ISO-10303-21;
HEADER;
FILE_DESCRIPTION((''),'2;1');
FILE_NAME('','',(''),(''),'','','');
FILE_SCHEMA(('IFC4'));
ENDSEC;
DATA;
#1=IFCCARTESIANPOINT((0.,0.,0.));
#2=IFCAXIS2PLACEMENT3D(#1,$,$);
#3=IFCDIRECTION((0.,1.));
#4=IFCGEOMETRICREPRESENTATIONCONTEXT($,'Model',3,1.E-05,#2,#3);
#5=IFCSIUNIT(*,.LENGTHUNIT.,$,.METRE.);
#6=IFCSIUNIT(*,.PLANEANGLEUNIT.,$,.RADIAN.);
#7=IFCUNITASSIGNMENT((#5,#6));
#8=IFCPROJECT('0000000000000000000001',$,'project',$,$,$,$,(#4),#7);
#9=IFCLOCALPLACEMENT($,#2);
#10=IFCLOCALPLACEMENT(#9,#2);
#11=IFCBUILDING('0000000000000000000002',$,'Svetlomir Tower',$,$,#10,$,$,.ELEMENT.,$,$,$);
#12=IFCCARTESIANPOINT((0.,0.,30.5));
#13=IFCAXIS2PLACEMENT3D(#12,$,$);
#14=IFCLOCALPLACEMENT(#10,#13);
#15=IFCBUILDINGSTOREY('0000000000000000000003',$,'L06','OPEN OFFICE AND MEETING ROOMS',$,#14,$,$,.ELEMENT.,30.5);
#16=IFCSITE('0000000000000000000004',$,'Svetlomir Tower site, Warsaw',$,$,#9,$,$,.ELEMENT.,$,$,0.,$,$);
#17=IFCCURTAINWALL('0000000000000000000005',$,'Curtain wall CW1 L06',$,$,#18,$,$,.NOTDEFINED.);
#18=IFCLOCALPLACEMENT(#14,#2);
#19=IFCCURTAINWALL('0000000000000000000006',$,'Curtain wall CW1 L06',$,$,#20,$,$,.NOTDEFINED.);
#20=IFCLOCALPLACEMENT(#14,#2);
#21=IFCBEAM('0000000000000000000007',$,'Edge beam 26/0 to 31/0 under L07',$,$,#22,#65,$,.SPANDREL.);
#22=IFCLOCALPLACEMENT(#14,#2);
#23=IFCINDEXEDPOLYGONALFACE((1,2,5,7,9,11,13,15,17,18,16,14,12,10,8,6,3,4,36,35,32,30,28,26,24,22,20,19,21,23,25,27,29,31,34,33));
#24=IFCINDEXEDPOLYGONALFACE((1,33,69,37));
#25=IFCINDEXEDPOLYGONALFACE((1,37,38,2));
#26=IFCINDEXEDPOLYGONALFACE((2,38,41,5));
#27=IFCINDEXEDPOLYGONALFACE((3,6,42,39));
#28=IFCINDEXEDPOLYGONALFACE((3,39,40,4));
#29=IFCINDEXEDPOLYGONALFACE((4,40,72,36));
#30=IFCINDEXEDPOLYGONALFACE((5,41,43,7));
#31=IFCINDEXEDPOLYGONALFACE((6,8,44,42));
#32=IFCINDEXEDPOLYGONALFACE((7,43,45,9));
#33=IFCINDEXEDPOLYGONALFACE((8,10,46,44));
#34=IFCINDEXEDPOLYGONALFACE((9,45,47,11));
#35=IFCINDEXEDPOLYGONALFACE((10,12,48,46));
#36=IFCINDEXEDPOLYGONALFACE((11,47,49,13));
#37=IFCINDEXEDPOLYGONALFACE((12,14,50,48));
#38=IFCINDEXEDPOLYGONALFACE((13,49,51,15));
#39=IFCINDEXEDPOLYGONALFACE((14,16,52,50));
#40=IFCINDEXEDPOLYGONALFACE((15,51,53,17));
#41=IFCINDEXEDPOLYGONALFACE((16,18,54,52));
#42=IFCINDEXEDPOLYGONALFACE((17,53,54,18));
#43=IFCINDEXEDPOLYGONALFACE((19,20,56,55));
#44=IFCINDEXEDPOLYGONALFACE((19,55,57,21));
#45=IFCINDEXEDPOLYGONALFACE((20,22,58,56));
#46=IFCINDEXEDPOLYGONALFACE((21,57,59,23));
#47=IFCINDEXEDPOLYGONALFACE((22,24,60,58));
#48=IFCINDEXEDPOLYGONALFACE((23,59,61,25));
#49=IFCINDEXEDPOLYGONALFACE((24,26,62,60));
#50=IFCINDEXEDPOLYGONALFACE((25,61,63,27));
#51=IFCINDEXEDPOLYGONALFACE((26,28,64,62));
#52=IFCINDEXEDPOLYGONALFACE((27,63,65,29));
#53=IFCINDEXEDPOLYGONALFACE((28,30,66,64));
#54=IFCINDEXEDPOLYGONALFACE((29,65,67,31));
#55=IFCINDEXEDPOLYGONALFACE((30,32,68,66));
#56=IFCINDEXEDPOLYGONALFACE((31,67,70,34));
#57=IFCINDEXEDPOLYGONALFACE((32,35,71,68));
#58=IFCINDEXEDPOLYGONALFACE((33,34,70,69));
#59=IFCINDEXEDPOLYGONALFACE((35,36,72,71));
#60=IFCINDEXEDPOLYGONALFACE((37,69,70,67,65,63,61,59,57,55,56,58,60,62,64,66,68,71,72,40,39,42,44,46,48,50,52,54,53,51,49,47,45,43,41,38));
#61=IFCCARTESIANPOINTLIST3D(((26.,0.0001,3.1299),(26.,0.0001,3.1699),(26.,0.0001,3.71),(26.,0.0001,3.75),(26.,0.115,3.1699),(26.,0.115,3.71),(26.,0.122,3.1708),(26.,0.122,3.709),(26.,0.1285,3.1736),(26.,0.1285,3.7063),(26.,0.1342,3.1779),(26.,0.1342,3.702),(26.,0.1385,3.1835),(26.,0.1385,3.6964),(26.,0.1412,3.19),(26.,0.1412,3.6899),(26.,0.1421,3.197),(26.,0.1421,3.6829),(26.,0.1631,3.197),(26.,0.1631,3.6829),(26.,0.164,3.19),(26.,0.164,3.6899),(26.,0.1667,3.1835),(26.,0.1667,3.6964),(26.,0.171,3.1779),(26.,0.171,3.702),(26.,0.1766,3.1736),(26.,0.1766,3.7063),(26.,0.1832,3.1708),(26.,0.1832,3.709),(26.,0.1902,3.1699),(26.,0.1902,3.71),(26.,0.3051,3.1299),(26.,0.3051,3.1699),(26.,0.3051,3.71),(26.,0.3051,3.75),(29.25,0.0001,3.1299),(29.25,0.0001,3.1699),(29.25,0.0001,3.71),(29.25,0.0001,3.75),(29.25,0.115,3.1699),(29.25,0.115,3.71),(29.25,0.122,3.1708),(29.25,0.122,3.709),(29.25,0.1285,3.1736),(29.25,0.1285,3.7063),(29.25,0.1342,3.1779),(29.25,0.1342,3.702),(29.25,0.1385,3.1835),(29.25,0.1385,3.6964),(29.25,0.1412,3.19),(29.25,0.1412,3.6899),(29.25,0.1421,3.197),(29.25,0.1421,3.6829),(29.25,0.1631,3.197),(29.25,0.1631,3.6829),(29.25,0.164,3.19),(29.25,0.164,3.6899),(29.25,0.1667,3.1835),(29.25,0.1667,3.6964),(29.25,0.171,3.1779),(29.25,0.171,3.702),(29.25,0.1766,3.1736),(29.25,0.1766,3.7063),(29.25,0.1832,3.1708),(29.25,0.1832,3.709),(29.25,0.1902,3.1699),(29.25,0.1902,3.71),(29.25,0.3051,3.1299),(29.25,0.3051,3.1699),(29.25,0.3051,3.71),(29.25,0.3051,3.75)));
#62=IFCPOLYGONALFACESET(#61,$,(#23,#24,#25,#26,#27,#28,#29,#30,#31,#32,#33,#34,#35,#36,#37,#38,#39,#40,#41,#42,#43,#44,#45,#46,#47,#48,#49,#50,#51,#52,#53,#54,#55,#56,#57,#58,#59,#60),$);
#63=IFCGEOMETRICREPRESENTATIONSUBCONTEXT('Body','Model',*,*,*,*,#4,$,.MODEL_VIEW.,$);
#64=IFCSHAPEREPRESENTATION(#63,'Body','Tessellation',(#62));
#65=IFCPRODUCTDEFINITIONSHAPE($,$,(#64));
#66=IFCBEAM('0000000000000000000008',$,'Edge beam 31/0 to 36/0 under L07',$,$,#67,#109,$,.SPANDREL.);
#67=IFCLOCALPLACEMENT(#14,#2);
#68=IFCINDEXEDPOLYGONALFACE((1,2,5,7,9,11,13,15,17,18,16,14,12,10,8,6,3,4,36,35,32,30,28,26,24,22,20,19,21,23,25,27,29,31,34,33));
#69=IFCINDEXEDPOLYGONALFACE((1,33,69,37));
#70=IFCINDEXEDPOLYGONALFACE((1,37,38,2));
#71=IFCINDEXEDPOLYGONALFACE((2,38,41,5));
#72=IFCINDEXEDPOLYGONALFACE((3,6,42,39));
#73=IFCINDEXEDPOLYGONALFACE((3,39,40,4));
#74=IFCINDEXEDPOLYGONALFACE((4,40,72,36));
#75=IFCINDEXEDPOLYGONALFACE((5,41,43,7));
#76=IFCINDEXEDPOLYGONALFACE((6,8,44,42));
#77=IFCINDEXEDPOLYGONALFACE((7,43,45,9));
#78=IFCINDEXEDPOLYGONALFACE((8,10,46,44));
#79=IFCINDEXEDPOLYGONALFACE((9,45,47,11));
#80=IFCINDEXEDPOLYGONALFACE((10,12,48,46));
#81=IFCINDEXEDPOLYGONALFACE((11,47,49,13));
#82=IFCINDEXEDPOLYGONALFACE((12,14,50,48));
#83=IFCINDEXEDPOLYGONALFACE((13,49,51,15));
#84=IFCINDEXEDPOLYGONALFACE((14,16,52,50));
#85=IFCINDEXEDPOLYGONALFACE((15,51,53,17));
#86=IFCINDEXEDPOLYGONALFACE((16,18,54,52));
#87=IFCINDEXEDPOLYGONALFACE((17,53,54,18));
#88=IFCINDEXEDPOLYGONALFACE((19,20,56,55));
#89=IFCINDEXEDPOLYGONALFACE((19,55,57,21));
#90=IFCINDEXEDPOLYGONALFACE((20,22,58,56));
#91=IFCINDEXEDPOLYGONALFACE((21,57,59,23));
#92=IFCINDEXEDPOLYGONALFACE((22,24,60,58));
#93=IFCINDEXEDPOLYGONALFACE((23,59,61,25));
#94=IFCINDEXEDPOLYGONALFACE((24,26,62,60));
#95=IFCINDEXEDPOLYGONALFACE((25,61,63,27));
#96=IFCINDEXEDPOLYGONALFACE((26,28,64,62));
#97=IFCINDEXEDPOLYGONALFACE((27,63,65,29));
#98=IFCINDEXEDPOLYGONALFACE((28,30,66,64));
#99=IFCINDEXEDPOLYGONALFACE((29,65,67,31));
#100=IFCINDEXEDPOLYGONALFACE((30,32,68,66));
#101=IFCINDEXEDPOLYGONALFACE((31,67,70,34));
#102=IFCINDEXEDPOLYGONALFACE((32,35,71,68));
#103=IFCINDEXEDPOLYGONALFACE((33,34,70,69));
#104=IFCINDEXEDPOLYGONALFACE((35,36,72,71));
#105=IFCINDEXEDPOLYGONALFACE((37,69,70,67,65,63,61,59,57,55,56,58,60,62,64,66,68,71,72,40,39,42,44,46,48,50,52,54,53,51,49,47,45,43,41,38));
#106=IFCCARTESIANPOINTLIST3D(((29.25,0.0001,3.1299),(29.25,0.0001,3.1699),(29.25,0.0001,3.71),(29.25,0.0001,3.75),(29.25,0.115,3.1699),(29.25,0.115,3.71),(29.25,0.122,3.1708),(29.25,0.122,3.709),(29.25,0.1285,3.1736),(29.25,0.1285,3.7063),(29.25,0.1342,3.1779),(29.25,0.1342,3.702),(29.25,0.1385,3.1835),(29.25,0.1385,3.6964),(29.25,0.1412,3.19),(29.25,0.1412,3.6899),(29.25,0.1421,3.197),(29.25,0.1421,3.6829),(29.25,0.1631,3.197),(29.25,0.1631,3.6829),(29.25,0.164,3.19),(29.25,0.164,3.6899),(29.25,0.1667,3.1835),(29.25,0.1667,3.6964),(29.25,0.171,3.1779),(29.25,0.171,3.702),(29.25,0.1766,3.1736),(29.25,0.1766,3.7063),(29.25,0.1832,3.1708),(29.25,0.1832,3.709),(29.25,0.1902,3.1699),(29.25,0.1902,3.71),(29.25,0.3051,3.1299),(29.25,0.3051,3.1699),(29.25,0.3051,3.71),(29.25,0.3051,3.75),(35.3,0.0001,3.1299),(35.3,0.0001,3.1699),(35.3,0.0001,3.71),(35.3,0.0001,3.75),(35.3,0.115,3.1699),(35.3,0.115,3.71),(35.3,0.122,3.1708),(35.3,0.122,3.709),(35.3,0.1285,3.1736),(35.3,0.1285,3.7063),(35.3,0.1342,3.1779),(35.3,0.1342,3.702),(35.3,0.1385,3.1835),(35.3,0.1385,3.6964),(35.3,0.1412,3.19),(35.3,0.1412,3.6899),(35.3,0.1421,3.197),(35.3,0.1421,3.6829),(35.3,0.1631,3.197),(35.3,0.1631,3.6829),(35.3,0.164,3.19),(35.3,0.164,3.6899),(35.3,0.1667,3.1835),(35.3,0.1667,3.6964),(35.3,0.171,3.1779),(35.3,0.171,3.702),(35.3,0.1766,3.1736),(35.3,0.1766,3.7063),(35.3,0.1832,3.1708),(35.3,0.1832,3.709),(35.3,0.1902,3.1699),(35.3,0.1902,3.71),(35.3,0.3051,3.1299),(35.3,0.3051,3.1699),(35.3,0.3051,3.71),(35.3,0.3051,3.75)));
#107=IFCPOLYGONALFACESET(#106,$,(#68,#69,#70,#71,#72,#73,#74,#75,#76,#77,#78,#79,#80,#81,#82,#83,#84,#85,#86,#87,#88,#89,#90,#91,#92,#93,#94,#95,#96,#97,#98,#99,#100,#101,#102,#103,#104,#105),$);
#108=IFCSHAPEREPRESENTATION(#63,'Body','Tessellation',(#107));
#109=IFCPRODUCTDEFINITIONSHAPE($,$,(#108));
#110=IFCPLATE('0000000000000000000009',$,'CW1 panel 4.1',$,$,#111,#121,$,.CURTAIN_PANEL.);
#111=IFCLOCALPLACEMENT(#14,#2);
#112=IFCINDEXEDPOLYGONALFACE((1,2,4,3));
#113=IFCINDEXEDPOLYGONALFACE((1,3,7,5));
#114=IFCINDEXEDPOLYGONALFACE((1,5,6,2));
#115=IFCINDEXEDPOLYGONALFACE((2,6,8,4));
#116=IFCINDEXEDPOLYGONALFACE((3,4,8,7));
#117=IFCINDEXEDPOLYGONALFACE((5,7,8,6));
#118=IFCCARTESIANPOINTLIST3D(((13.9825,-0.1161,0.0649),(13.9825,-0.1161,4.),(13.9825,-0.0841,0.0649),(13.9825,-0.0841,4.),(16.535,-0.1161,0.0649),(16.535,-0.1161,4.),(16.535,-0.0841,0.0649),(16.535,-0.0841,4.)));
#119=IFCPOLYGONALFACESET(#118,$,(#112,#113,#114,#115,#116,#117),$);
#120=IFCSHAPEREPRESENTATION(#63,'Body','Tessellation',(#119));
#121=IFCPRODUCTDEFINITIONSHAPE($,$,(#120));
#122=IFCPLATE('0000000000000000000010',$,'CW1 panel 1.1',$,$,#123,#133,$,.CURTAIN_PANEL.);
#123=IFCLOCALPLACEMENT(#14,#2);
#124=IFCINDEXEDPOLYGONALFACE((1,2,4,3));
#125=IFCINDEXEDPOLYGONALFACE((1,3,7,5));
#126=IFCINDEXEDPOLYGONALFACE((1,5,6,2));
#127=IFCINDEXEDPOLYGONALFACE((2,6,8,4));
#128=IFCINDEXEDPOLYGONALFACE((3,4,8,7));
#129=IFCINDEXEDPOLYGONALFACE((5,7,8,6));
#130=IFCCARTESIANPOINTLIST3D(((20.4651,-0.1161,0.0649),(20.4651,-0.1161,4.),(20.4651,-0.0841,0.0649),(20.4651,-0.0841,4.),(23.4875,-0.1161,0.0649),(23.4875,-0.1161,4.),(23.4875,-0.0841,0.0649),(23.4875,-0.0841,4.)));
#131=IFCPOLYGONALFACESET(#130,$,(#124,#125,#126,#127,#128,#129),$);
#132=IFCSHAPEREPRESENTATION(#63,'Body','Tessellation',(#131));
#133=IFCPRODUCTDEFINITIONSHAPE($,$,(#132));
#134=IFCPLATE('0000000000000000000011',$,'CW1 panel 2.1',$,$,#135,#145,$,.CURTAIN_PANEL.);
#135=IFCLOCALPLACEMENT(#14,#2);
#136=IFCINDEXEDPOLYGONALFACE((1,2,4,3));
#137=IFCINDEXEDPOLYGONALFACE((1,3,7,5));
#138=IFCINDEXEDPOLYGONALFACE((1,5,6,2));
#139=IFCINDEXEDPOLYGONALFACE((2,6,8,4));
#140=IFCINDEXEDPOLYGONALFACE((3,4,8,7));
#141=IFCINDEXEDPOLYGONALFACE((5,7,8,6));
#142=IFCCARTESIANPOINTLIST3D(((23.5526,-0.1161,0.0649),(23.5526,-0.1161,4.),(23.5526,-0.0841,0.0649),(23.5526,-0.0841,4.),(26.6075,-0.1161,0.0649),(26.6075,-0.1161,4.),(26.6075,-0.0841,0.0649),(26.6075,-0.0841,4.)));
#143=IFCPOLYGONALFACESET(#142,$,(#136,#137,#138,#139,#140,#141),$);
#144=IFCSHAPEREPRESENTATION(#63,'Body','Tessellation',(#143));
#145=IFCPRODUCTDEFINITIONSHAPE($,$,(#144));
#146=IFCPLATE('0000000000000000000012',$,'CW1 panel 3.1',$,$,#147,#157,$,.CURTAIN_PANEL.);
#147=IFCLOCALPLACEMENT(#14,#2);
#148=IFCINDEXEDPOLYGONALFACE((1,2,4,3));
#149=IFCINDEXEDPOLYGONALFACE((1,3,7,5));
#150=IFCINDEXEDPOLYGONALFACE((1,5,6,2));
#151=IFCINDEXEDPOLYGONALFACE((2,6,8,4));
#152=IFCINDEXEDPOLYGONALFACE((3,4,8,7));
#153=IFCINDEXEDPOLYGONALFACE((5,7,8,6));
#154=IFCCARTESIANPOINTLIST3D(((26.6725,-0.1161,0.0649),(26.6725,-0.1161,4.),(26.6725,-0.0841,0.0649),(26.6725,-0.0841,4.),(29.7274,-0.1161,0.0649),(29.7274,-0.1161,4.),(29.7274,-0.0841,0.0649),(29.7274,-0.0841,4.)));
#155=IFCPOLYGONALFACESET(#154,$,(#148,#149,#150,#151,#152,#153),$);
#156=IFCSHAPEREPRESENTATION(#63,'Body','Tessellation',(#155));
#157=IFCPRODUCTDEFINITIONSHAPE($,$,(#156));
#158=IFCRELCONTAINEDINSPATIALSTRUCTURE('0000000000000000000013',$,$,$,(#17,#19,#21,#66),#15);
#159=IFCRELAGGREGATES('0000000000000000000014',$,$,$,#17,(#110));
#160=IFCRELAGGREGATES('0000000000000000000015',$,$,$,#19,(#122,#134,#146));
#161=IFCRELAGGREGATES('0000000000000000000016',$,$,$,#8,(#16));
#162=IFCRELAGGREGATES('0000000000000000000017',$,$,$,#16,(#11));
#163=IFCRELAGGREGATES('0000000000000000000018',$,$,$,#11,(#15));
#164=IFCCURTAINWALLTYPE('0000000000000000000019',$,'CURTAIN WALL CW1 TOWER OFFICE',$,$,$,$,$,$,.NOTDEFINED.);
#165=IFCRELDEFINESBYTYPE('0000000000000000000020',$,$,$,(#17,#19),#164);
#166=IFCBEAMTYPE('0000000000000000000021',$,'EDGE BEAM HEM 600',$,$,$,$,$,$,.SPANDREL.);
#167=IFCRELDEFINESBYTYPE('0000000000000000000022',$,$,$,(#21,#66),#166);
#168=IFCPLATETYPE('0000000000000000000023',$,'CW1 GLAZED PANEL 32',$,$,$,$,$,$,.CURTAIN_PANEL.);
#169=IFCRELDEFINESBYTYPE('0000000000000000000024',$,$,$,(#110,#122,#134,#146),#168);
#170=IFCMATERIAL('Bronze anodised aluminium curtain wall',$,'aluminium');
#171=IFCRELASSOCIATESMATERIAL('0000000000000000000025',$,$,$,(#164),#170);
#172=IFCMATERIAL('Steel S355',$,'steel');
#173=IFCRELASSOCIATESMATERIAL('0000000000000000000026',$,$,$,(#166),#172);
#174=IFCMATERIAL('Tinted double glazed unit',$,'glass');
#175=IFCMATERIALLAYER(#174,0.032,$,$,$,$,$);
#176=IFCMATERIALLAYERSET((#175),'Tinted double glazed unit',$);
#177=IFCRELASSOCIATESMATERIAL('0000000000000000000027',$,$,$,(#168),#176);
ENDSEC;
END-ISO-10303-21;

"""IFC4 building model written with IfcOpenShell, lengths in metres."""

from ifc_helpers import new_model, si_unit, direction, frame, origin, origin_2d, place, context, subcontext, project, spatial, rectangle, i_section, extrude, material, layer, layer_set, material_profile, profile_set, type_object, element, aggregate, save


model = new_model("IFC4")

# Units and contexts
model_context = context("Model", 3, precision=1e-05, world=origin(), true_north=direction((0.0, 1.0)))
body_context = subcontext(model_context, "Body", "Model", "MODEL_VIEW")
ifc_project = project(units=[si_unit("LENGTHUNIT", "METRE"), si_unit("PLANEANGLEUNIT", "RADIAN")], contexts=[model_context])

# Site, building, storey
site_placement = place(None, origin())
site = spatial("IfcSite", under=ifc_project, at=site_placement, Name="Svetlomir Tower site, Warsaw", CompositionType="ELEMENT", RefElevation=0.0)
building_placement = place(site_placement, origin())
building = spatial("IfcBuilding", under=site, at=building_placement, Name="Svetlomir Tower", CompositionType="ELEMENT")
storey_placement = place(building_placement, frame((0.0, 0.0, 30.5)))
storey = spatial("IfcBuildingStorey", under=building, at=storey_placement, Name="L06", Description="OPEN OFFICE AND MEETING ROOMS", CompositionType="ELEMENT", Elevation=30.5)

# Curtain walls
ifc_material_1 = material(Name="Bronze anodised aluminium curtain wall", Category="aluminium")
curtain_wall_type = type_object("IfcCurtainWallType", Name="CURTAIN WALL CW1 TOWER OFFICE", PredefinedType="NOTDEFINED", material=ifc_material_1)
curtain_wall_1_placement = place(storey_placement, origin())
curtain_wall_1 = element("IfcCurtainWall", 1, at=curtain_wall_1_placement, inside=storey, type_object=curtain_wall_type, Name="Curtain wall CW1 L06", PredefinedType="NOTDEFINED")
curtain_wall_2_placement = place(storey_placement, origin())
curtain_wall_2 = element("IfcCurtainWall", 2, at=curtain_wall_2_placement, inside=storey, type_object=curtain_wall_type, Name="Curtain wall CW1 L06", PredefinedType="NOTDEFINED")

# Beams
ifc_material_2 = material(Name="Steel S355", Category="steel")
ifc_material_profile_1 = material_profile(ifc_material_2, i_section(OverallWidth=0.3049, OverallDepth=0.6201, WebThickness=0.021, FlangeThickness=0.04, FilletRadius=0.0271, at=origin_2d()), Name="HEM 600")
ifc_profile_set_1 = profile_set([ifc_material_profile_1], Name="Steel S355")
beam_type_1 = type_object("IfcBeamType", Name="EDGE BEAM HEM 600", PredefinedType="SPANDREL", material=ifc_profile_set_1)
beam_1_placement = place(storey_placement, frame((26.0, 0.1526, 3.4399), z_axis=(1.0, 0.0, 0.0), x_axis=(0.0, 1.0, 0.0)))
element("IfcBeam", 3, at=beam_1_placement, inside=storey, type_object=beam_type_1, Name="Edge beam 26/0 to 31/0 under L07", PredefinedType="SPANDREL", context=body_context, shape_type="SweptSolid", body=[
    extrude(i_section(OverallWidth=0.3049, OverallDepth=0.6201, WebThickness=0.021, FlangeThickness=0.04, FilletRadius=0.0271, at=origin_2d()), origin(), (0.0, 0.0, 1.0), 3.25),
])
beam_2_placement = place(storey_placement, frame((29.25, 0.1526, 3.4399), z_axis=(1.0, 0.0, 0.0), x_axis=(0.0, 1.0, 0.0)))
element("IfcBeam", 4, at=beam_2_placement, inside=storey, type_object=beam_type_1, Name="Edge beam 31/0 to 36/0 under L07", PredefinedType="SPANDREL", context=body_context, shape_type="SweptSolid", body=[
    extrude(i_section(OverallWidth=0.3049, OverallDepth=0.6201, WebThickness=0.021, FlangeThickness=0.04, FilletRadius=0.0271, at=origin_2d()), origin(), (0.0, 0.0, 1.0), 6.05),
])

# Plates
ifc_material_3 = material(Name="Tinted double glazed unit", Category="glass")
ifc_layer_1 = layer(ifc_material_3, 0.032)
ifc_layer_set_1 = layer_set([ifc_layer_1], Name="Tinted double glazed unit")
plate_type = type_object("IfcPlateType", Name="CW1 GLAZED PANEL 32", PredefinedType="CURTAIN_PANEL", material=ifc_layer_set_1)
plate_1_placement = place(storey_placement, frame((15.2588, -0.1001, 0.0649), z_axis=(0.0, 0.0, 1.0), x_axis=(1.0, 0.0, 0.0)))
plate_1 = element("IfcPlate", 5, at=plate_1_placement, type_object=plate_type, Name="CW1 panel 4.1", PredefinedType="CURTAIN_PANEL", context=body_context, shape_type="SweptSolid", body=[
    extrude(rectangle(XDim=2.5525, YDim=0.032, at=origin_2d()), origin(), (0.0, 0.0, 1.0), 3.9351),
])
aggregate(curtain_wall_1, [plate_1])
plate_2_placement = place(storey_placement, frame((21.9763, -0.1001, 0.0649), z_axis=(0.0, 0.0, 1.0), x_axis=(1.0, 0.0, 0.0)))
plate_2 = element("IfcPlate", 6, at=plate_2_placement, type_object=plate_type, Name="CW1 panel 1.1", PredefinedType="CURTAIN_PANEL", context=body_context, shape_type="SweptSolid", body=[
    extrude(rectangle(XDim=3.0225, YDim=0.032, at=origin_2d()), origin(), (0.0, 0.0, 1.0), 3.9351),
])
plate_3_placement = place(storey_placement, frame((25.0801, -0.1001, 0.0649), z_axis=(0.0, 0.0, 1.0), x_axis=(1.0, 0.0, 0.0)))
plate_3 = element("IfcPlate", 7, at=plate_3_placement, type_object=plate_type, Name="CW1 panel 2.1", PredefinedType="CURTAIN_PANEL", context=body_context, shape_type="SweptSolid", body=[
    extrude(rectangle(XDim=3.0549, YDim=0.032, at=origin_2d()), origin(), (0.0, 0.0, 1.0), 3.9351),
])
plate_4_placement = place(storey_placement, frame((28.2, -0.1001, 0.0649), z_axis=(0.0, 0.0, 1.0), x_axis=(1.0, 0.0, 0.0)))
plate_4 = element("IfcPlate", 8, at=plate_4_placement, type_object=plate_type, Name="CW1 panel 3.1", PredefinedType="CURTAIN_PANEL", context=body_context, shape_type="SweptSolid", body=[
    extrude(rectangle(XDim=3.0549, YDim=0.032, at=origin_2d()), origin(), (0.0, 0.0, 1.0), 3.9351),
])
aggregate(curtain_wall_2, [plate_2, plate_3, plate_4])

save(model, "model.ifc")
